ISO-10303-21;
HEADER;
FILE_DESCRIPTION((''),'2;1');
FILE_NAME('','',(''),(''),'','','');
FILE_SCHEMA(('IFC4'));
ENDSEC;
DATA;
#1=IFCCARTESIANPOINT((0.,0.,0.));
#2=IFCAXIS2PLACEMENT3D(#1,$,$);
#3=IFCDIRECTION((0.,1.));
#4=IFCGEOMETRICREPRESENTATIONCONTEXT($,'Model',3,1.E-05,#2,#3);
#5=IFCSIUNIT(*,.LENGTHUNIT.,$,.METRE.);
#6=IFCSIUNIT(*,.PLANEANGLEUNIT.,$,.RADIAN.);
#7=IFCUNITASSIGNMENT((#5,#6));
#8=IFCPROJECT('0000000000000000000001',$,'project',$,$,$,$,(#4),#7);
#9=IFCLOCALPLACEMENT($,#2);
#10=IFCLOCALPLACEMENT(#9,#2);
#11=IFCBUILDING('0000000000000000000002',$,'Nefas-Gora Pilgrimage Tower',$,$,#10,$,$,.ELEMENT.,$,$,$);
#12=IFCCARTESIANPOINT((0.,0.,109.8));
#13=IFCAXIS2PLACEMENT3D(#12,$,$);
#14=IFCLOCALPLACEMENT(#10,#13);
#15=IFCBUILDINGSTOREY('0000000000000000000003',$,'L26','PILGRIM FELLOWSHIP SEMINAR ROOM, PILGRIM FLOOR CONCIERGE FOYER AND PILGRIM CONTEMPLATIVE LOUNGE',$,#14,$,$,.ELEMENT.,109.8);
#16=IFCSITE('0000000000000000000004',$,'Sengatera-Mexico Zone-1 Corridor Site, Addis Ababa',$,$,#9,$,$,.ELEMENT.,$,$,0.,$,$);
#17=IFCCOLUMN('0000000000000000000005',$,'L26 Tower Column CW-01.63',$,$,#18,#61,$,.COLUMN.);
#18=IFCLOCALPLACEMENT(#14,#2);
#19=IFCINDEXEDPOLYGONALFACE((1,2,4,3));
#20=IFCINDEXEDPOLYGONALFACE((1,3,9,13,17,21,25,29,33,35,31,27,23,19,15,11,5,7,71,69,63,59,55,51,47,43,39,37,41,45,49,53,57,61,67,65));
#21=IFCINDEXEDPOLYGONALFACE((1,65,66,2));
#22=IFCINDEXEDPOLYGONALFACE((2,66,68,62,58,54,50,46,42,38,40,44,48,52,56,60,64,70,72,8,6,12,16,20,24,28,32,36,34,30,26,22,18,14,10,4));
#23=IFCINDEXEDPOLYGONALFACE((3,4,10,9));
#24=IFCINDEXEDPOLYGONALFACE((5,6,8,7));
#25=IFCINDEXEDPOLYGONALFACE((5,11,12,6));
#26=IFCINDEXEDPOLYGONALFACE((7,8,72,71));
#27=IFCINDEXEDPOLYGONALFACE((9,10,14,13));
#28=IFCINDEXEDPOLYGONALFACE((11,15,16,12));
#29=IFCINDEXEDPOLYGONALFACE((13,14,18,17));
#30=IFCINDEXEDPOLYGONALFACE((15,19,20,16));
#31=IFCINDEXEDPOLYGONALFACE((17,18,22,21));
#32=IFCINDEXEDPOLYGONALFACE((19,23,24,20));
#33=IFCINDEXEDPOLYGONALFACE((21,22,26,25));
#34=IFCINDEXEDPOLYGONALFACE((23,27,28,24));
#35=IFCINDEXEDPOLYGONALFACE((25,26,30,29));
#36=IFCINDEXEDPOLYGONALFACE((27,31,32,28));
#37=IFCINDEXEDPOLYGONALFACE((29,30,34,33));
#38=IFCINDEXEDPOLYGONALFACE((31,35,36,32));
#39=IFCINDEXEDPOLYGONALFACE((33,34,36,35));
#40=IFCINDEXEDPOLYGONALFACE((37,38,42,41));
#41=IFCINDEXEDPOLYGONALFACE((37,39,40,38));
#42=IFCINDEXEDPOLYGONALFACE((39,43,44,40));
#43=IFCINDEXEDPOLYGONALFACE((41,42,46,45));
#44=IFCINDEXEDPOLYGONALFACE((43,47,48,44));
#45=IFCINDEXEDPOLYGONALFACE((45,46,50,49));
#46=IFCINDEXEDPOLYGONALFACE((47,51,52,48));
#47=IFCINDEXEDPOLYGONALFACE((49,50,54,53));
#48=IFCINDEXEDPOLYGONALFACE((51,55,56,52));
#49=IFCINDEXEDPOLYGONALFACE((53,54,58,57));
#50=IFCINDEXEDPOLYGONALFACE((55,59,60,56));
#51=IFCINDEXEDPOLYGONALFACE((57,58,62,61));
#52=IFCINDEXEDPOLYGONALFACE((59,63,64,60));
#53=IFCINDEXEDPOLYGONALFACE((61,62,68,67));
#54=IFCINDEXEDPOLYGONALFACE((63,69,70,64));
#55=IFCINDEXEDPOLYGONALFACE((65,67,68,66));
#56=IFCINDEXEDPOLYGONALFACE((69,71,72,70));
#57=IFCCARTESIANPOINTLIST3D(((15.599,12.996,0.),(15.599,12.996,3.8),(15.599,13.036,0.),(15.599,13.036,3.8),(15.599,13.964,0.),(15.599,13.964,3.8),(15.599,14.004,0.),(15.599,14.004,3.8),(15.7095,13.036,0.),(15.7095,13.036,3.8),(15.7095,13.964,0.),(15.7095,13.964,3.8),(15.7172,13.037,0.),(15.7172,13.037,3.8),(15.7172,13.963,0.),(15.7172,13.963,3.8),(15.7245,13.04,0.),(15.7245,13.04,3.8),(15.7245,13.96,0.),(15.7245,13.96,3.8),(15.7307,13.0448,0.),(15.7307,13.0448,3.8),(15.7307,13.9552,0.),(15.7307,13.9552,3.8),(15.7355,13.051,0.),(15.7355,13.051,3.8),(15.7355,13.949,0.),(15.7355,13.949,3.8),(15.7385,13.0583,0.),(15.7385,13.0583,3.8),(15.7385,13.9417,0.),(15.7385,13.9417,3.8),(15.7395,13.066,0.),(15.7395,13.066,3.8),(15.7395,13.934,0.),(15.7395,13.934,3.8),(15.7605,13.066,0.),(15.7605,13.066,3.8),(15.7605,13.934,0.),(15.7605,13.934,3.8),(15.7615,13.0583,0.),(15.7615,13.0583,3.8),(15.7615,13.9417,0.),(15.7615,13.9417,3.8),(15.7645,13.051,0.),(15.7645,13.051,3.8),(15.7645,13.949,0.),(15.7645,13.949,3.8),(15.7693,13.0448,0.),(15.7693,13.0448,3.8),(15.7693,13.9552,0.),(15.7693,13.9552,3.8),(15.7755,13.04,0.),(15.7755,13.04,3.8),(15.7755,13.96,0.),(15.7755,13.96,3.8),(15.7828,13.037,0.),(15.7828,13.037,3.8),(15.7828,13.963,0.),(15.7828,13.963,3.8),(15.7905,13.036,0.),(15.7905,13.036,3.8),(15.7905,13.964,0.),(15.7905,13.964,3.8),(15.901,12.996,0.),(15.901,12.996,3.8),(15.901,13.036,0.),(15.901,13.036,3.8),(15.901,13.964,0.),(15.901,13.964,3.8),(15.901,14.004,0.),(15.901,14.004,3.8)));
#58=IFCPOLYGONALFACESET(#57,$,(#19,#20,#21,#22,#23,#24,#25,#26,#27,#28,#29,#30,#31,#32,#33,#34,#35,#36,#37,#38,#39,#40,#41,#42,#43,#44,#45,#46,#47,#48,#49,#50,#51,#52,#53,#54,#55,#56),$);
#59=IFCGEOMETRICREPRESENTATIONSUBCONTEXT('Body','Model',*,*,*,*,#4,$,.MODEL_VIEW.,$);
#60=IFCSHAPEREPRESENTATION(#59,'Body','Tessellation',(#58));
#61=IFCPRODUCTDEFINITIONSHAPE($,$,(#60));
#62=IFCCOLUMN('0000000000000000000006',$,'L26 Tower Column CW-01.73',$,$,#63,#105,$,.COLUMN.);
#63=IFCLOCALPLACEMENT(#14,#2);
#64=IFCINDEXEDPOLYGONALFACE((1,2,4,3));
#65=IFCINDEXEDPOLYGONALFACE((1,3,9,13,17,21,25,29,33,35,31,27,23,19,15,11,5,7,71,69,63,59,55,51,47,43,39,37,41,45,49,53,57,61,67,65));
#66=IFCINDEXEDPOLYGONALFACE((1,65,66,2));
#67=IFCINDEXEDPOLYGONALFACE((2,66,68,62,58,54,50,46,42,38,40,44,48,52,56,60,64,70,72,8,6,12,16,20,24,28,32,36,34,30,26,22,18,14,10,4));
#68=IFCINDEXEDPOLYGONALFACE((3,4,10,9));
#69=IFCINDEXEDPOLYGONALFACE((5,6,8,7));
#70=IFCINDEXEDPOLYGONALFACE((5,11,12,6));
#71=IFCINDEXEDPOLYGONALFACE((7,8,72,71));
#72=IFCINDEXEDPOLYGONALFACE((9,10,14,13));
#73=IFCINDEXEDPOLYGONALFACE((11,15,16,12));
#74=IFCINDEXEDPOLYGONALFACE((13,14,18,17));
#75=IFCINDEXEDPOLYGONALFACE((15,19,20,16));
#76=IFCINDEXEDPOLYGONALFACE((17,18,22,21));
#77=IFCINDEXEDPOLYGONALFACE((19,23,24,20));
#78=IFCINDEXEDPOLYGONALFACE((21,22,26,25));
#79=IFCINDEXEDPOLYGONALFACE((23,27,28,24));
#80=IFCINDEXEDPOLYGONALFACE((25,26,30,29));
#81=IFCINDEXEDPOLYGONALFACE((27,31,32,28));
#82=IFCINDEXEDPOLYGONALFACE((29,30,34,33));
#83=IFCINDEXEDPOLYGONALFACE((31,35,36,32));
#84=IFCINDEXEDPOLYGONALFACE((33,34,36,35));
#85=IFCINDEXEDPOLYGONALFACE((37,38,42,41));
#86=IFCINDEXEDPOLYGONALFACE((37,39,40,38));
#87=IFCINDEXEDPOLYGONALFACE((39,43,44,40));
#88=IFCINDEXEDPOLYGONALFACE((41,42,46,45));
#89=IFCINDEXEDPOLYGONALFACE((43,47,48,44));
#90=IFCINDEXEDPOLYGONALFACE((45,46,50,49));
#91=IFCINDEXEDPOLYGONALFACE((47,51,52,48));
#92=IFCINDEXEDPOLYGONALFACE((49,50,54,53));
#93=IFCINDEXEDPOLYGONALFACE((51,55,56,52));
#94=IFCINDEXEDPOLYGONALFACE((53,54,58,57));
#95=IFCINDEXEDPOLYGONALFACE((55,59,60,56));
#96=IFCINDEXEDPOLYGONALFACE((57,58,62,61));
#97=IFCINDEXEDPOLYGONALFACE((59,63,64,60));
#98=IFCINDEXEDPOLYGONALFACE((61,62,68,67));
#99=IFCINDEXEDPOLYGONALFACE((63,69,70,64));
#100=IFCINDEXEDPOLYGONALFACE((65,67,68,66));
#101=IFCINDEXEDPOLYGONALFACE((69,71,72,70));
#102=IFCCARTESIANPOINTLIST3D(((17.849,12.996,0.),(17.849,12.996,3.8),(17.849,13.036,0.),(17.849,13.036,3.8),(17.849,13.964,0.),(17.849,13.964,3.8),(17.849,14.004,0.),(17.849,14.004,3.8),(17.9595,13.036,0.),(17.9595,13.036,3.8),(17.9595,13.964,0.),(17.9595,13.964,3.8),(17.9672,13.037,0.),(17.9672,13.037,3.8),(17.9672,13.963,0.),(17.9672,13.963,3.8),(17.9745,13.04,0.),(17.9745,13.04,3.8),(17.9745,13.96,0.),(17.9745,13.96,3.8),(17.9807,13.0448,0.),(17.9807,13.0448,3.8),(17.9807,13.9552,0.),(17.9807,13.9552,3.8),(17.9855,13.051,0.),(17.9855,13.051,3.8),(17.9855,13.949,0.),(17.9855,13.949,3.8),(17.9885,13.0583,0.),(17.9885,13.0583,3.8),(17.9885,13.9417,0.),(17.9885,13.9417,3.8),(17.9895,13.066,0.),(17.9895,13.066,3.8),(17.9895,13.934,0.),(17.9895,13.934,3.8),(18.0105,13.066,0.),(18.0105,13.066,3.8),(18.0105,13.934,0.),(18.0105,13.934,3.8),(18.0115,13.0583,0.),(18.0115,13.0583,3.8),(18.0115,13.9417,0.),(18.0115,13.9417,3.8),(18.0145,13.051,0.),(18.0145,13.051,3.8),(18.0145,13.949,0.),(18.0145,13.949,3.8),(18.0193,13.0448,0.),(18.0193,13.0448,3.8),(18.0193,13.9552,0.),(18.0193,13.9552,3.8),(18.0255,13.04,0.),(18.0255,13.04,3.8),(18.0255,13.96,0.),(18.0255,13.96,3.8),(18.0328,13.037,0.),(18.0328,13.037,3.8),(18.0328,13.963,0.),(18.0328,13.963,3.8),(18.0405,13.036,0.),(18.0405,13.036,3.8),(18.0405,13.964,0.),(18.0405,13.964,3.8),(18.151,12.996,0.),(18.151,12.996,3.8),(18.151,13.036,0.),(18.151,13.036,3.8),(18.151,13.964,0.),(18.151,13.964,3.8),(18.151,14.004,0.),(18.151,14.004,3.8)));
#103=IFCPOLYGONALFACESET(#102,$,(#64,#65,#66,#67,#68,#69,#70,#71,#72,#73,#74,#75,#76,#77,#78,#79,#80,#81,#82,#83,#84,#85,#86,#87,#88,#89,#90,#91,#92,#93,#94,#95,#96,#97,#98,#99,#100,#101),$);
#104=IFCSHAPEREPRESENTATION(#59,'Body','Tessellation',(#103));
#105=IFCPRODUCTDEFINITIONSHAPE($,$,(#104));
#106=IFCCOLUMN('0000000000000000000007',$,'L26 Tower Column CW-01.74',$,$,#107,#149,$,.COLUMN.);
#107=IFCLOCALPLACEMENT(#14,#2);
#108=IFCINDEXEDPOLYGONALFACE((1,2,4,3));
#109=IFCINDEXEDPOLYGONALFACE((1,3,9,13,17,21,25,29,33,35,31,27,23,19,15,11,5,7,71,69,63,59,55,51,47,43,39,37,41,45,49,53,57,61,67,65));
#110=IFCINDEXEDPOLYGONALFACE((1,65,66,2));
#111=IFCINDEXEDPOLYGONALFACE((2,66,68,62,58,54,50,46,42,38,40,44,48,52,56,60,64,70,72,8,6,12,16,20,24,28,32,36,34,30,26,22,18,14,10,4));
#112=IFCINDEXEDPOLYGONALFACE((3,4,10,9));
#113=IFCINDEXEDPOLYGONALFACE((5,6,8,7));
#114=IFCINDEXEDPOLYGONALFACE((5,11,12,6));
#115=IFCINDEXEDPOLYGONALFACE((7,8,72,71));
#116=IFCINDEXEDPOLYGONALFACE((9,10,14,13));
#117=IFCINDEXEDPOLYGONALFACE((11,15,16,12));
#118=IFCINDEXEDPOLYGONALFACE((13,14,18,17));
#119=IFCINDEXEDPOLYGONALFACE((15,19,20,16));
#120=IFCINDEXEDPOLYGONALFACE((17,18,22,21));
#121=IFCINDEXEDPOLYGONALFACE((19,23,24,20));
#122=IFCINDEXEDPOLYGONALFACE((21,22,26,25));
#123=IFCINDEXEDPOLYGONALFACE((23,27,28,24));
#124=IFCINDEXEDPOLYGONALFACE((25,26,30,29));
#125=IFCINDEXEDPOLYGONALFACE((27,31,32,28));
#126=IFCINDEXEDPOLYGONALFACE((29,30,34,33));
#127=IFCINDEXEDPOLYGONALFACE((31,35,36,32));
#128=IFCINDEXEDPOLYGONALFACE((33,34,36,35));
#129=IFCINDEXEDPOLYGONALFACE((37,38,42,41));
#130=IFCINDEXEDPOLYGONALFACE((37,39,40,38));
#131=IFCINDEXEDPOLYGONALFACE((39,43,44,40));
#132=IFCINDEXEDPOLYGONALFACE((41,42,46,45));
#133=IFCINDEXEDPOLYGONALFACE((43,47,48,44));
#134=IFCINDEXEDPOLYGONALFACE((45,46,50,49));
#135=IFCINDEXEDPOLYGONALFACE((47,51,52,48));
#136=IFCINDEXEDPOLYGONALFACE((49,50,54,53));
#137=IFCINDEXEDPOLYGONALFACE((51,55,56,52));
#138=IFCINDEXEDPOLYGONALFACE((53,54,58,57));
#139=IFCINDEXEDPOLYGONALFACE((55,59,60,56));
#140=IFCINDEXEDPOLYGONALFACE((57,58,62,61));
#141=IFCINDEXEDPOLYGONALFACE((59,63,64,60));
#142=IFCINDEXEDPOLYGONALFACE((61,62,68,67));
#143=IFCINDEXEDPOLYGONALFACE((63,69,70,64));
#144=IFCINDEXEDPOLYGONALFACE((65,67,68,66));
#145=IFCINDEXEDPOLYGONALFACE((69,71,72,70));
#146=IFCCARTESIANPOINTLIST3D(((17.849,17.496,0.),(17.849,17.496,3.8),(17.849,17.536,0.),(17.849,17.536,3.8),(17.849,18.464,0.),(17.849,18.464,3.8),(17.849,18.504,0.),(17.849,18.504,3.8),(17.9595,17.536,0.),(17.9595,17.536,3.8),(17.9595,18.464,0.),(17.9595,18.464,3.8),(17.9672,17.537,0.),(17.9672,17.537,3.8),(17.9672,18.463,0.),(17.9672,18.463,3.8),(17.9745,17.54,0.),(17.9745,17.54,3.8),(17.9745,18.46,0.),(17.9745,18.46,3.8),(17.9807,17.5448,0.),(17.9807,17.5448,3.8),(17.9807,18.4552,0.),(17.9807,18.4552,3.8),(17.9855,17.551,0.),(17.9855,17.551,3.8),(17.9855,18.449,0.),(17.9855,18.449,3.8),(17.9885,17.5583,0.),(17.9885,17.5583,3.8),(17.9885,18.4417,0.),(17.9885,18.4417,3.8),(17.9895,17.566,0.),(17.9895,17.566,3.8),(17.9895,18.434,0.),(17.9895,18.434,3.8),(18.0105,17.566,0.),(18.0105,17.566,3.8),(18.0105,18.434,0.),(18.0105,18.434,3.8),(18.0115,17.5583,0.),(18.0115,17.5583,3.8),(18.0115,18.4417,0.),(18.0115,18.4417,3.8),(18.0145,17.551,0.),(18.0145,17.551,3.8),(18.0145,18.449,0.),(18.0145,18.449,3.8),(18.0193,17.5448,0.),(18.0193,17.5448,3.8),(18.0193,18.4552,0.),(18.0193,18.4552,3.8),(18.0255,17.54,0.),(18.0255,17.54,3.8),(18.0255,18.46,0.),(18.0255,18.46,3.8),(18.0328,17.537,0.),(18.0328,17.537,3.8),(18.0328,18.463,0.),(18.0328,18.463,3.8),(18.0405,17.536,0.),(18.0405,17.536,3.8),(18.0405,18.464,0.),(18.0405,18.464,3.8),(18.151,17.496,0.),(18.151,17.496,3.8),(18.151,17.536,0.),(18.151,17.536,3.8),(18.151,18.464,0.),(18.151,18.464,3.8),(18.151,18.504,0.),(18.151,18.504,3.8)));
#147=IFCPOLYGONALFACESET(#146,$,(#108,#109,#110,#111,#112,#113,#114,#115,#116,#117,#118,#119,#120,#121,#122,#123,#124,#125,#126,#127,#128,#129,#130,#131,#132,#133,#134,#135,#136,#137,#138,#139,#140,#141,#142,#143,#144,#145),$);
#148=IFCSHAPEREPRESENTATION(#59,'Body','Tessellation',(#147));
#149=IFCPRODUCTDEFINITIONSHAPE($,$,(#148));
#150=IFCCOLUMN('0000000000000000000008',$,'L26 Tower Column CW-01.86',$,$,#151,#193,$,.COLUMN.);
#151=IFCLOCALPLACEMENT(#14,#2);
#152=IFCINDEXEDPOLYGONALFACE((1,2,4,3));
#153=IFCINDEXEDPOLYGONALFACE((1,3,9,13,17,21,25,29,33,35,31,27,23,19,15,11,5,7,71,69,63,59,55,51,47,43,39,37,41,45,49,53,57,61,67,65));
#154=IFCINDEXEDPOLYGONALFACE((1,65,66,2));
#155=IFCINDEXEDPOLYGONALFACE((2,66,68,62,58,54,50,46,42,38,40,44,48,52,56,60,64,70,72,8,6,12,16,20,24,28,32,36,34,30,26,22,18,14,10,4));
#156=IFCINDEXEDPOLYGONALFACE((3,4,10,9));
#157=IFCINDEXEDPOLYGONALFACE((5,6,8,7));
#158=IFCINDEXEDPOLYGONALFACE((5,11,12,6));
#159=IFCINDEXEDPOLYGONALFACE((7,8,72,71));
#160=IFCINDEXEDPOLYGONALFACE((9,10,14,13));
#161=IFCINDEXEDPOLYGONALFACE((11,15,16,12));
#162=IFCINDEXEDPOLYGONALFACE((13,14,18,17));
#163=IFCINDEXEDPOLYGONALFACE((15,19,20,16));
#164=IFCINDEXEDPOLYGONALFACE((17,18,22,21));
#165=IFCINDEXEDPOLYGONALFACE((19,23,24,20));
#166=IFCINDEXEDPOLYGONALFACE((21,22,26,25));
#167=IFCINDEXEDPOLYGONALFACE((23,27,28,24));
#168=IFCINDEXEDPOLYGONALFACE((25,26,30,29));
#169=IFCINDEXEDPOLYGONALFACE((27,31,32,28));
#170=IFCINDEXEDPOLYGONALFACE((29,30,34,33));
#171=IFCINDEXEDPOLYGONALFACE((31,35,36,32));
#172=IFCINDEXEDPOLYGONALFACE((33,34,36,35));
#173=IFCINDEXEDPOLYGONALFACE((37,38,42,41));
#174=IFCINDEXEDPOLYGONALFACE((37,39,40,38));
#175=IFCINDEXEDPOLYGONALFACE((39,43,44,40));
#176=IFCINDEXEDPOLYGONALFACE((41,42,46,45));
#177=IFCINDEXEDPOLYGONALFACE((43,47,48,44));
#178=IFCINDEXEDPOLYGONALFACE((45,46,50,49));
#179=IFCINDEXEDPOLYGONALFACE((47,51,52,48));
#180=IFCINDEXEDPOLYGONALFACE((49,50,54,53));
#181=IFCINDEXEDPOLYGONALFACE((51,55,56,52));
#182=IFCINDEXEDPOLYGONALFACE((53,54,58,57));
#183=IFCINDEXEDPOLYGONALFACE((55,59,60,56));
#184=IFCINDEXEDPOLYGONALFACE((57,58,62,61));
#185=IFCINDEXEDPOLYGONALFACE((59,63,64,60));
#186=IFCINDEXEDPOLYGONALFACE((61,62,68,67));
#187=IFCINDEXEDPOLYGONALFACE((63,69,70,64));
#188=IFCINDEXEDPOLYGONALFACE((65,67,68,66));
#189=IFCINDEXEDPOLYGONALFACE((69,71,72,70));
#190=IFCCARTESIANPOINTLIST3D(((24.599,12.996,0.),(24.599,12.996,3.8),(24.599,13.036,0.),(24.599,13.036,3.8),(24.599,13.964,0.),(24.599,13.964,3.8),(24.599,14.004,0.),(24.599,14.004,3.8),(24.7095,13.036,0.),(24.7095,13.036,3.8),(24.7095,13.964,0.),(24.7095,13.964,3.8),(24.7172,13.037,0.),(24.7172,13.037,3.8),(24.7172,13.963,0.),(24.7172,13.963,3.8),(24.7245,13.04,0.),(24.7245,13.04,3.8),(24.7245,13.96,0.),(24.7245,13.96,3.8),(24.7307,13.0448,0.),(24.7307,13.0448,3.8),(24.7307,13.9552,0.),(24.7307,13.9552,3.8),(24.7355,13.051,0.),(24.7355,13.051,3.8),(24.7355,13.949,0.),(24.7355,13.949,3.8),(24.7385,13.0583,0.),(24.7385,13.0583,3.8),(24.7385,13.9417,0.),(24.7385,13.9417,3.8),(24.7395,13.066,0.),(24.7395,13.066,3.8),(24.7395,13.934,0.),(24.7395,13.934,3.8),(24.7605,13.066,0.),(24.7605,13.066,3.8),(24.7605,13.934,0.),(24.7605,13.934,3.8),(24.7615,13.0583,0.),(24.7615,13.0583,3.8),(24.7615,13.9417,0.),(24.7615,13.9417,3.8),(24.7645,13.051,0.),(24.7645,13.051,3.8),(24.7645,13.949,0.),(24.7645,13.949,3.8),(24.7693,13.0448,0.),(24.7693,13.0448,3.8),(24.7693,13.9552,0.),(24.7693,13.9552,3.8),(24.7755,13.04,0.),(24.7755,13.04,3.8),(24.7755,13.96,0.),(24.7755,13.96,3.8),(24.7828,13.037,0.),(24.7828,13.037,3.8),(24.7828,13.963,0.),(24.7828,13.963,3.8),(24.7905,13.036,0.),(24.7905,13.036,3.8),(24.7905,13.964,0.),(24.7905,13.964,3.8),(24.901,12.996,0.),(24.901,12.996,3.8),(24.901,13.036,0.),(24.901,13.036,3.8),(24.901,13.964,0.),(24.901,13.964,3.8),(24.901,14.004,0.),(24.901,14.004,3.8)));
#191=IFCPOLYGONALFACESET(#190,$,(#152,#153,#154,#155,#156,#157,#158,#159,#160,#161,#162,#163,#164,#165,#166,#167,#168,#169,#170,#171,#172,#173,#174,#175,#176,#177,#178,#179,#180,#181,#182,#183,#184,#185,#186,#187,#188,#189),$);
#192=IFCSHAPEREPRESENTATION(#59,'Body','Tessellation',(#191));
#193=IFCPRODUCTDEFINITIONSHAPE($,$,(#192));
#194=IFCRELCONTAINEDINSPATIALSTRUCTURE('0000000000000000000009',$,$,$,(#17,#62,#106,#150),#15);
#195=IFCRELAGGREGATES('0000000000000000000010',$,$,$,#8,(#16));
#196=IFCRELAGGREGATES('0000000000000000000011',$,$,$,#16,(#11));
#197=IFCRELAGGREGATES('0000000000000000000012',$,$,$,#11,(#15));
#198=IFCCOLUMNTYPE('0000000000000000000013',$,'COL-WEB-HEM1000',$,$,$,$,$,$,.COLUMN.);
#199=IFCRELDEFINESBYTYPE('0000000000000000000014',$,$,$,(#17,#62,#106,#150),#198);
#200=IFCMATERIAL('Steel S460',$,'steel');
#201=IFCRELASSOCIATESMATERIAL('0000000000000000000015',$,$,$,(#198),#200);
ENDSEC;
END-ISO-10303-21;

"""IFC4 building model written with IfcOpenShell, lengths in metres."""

from ifc_helpers import new_model, si_unit, direction, frame, origin, origin_2d, place, context, subcontext, project, spatial, i_section, extrude, source, transform, mapped, material, material_profile, profile_set, type_object, element, save


model = new_model("IFC4")

# Units and contexts
model_context = context("Model", 3, precision=1e-05, world=origin(), true_north=direction((0.0, 1.0)))
body_context = subcontext(model_context, "Body", "Model", "MODEL_VIEW")
ifc_project = project(units=[si_unit("LENGTHUNIT", "METRE"), si_unit("PLANEANGLEUNIT", "RADIAN")], contexts=[model_context])

# Site, building, storey
site_placement = place(None, origin())
site = spatial("IfcSite", under=ifc_project, at=site_placement, Name="Sengatera-Mexico Zone-1 Corridor Site, Addis Ababa", CompositionType="ELEMENT", RefElevation=0.0)
building_placement = place(site_placement, origin())
building = spatial("IfcBuilding", under=site, at=building_placement, Name="Nefas-Gora Pilgrimage Tower", CompositionType="ELEMENT")
storey_placement = place(building_placement, frame((0.0, 0.0, 109.8)))
storey = spatial("IfcBuildingStorey", under=building, at=storey_placement, Name="L26", Description="PILGRIM FELLOWSHIP SEMINAR ROOM, PILGRIM FLOOR CONCIERGE FOYER AND PILGRIM CONTEMPLATIVE LOUNGE", CompositionType="ELEMENT", Elevation=109.8)

# Columns
ifc_material_1 = material(Name="Steel S460", Category="steel")
ifc_material_profile_1 = material_profile(ifc_material_1, i_section(OverallWidth=0.302, OverallDepth=1.0081, WebThickness=0.021, FlangeThickness=0.04, FilletRadius=0.03, at=origin_2d()), Name="HEM 1000")
ifc_profile_set_1 = profile_set([ifc_material_profile_1], Name="Steel S460")
column_type_1 = type_object("IfcColumnType", Name="COL-WEB-HEM1000", PredefinedType="COLUMN", material=ifc_profile_set_1)
shared_shape_1 = source(origin(), body_context, "Body", "SweptSolid", [
    extrude(i_section(OverallWidth=0.302, OverallDepth=1.0081, WebThickness=0.021, FlangeThickness=0.04, FilletRadius=0.03, at=origin_2d()), origin(), (0.0, 0.0, 1.0), 3.8),
])
for number, where, z_axis, x_axis, name in (
    (1, (15.75, 13.5, 0.0), (0.0, 0.0, 1.0), (1.0, 0.0, 0.0), "L26 Tower Column CW-01.63"),
    (2, (18.0, 13.5, 0.0), (0.0, 0.0, 1.0), (1.0, 0.0, 0.0), "L26 Tower Column CW-01.73"),
    (3, (18.0, 18.0, 0.0), (0.0, 0.0, 1.0), (1.0, 0.0, 0.0), "L26 Tower Column CW-01.74"),
    (4, (24.75, 13.5, 0.0), (0.0, 0.0, 1.0), (1.0, 0.0, 0.0), "L26 Tower Column CW-01.86"),
):
    element("IfcColumn", number, at=place(storey_placement, frame(where, z_axis=z_axis, x_axis=x_axis)), inside=storey, type_object=column_type_1, Name=name, PredefinedType="COLUMN", context=body_context, shape_type="MappedRepresentation", body=[
        mapped(shared_shape_1, transform((0.0, 0.0, 0.0), x_axis=(1.0, 0.0, 0.0), y_axis=(0.0, 1.0, 0.0), z_axis=(0.0, 0.0, 1.0), scale=1.0)),
    ])

save(model, "model.ifc")
